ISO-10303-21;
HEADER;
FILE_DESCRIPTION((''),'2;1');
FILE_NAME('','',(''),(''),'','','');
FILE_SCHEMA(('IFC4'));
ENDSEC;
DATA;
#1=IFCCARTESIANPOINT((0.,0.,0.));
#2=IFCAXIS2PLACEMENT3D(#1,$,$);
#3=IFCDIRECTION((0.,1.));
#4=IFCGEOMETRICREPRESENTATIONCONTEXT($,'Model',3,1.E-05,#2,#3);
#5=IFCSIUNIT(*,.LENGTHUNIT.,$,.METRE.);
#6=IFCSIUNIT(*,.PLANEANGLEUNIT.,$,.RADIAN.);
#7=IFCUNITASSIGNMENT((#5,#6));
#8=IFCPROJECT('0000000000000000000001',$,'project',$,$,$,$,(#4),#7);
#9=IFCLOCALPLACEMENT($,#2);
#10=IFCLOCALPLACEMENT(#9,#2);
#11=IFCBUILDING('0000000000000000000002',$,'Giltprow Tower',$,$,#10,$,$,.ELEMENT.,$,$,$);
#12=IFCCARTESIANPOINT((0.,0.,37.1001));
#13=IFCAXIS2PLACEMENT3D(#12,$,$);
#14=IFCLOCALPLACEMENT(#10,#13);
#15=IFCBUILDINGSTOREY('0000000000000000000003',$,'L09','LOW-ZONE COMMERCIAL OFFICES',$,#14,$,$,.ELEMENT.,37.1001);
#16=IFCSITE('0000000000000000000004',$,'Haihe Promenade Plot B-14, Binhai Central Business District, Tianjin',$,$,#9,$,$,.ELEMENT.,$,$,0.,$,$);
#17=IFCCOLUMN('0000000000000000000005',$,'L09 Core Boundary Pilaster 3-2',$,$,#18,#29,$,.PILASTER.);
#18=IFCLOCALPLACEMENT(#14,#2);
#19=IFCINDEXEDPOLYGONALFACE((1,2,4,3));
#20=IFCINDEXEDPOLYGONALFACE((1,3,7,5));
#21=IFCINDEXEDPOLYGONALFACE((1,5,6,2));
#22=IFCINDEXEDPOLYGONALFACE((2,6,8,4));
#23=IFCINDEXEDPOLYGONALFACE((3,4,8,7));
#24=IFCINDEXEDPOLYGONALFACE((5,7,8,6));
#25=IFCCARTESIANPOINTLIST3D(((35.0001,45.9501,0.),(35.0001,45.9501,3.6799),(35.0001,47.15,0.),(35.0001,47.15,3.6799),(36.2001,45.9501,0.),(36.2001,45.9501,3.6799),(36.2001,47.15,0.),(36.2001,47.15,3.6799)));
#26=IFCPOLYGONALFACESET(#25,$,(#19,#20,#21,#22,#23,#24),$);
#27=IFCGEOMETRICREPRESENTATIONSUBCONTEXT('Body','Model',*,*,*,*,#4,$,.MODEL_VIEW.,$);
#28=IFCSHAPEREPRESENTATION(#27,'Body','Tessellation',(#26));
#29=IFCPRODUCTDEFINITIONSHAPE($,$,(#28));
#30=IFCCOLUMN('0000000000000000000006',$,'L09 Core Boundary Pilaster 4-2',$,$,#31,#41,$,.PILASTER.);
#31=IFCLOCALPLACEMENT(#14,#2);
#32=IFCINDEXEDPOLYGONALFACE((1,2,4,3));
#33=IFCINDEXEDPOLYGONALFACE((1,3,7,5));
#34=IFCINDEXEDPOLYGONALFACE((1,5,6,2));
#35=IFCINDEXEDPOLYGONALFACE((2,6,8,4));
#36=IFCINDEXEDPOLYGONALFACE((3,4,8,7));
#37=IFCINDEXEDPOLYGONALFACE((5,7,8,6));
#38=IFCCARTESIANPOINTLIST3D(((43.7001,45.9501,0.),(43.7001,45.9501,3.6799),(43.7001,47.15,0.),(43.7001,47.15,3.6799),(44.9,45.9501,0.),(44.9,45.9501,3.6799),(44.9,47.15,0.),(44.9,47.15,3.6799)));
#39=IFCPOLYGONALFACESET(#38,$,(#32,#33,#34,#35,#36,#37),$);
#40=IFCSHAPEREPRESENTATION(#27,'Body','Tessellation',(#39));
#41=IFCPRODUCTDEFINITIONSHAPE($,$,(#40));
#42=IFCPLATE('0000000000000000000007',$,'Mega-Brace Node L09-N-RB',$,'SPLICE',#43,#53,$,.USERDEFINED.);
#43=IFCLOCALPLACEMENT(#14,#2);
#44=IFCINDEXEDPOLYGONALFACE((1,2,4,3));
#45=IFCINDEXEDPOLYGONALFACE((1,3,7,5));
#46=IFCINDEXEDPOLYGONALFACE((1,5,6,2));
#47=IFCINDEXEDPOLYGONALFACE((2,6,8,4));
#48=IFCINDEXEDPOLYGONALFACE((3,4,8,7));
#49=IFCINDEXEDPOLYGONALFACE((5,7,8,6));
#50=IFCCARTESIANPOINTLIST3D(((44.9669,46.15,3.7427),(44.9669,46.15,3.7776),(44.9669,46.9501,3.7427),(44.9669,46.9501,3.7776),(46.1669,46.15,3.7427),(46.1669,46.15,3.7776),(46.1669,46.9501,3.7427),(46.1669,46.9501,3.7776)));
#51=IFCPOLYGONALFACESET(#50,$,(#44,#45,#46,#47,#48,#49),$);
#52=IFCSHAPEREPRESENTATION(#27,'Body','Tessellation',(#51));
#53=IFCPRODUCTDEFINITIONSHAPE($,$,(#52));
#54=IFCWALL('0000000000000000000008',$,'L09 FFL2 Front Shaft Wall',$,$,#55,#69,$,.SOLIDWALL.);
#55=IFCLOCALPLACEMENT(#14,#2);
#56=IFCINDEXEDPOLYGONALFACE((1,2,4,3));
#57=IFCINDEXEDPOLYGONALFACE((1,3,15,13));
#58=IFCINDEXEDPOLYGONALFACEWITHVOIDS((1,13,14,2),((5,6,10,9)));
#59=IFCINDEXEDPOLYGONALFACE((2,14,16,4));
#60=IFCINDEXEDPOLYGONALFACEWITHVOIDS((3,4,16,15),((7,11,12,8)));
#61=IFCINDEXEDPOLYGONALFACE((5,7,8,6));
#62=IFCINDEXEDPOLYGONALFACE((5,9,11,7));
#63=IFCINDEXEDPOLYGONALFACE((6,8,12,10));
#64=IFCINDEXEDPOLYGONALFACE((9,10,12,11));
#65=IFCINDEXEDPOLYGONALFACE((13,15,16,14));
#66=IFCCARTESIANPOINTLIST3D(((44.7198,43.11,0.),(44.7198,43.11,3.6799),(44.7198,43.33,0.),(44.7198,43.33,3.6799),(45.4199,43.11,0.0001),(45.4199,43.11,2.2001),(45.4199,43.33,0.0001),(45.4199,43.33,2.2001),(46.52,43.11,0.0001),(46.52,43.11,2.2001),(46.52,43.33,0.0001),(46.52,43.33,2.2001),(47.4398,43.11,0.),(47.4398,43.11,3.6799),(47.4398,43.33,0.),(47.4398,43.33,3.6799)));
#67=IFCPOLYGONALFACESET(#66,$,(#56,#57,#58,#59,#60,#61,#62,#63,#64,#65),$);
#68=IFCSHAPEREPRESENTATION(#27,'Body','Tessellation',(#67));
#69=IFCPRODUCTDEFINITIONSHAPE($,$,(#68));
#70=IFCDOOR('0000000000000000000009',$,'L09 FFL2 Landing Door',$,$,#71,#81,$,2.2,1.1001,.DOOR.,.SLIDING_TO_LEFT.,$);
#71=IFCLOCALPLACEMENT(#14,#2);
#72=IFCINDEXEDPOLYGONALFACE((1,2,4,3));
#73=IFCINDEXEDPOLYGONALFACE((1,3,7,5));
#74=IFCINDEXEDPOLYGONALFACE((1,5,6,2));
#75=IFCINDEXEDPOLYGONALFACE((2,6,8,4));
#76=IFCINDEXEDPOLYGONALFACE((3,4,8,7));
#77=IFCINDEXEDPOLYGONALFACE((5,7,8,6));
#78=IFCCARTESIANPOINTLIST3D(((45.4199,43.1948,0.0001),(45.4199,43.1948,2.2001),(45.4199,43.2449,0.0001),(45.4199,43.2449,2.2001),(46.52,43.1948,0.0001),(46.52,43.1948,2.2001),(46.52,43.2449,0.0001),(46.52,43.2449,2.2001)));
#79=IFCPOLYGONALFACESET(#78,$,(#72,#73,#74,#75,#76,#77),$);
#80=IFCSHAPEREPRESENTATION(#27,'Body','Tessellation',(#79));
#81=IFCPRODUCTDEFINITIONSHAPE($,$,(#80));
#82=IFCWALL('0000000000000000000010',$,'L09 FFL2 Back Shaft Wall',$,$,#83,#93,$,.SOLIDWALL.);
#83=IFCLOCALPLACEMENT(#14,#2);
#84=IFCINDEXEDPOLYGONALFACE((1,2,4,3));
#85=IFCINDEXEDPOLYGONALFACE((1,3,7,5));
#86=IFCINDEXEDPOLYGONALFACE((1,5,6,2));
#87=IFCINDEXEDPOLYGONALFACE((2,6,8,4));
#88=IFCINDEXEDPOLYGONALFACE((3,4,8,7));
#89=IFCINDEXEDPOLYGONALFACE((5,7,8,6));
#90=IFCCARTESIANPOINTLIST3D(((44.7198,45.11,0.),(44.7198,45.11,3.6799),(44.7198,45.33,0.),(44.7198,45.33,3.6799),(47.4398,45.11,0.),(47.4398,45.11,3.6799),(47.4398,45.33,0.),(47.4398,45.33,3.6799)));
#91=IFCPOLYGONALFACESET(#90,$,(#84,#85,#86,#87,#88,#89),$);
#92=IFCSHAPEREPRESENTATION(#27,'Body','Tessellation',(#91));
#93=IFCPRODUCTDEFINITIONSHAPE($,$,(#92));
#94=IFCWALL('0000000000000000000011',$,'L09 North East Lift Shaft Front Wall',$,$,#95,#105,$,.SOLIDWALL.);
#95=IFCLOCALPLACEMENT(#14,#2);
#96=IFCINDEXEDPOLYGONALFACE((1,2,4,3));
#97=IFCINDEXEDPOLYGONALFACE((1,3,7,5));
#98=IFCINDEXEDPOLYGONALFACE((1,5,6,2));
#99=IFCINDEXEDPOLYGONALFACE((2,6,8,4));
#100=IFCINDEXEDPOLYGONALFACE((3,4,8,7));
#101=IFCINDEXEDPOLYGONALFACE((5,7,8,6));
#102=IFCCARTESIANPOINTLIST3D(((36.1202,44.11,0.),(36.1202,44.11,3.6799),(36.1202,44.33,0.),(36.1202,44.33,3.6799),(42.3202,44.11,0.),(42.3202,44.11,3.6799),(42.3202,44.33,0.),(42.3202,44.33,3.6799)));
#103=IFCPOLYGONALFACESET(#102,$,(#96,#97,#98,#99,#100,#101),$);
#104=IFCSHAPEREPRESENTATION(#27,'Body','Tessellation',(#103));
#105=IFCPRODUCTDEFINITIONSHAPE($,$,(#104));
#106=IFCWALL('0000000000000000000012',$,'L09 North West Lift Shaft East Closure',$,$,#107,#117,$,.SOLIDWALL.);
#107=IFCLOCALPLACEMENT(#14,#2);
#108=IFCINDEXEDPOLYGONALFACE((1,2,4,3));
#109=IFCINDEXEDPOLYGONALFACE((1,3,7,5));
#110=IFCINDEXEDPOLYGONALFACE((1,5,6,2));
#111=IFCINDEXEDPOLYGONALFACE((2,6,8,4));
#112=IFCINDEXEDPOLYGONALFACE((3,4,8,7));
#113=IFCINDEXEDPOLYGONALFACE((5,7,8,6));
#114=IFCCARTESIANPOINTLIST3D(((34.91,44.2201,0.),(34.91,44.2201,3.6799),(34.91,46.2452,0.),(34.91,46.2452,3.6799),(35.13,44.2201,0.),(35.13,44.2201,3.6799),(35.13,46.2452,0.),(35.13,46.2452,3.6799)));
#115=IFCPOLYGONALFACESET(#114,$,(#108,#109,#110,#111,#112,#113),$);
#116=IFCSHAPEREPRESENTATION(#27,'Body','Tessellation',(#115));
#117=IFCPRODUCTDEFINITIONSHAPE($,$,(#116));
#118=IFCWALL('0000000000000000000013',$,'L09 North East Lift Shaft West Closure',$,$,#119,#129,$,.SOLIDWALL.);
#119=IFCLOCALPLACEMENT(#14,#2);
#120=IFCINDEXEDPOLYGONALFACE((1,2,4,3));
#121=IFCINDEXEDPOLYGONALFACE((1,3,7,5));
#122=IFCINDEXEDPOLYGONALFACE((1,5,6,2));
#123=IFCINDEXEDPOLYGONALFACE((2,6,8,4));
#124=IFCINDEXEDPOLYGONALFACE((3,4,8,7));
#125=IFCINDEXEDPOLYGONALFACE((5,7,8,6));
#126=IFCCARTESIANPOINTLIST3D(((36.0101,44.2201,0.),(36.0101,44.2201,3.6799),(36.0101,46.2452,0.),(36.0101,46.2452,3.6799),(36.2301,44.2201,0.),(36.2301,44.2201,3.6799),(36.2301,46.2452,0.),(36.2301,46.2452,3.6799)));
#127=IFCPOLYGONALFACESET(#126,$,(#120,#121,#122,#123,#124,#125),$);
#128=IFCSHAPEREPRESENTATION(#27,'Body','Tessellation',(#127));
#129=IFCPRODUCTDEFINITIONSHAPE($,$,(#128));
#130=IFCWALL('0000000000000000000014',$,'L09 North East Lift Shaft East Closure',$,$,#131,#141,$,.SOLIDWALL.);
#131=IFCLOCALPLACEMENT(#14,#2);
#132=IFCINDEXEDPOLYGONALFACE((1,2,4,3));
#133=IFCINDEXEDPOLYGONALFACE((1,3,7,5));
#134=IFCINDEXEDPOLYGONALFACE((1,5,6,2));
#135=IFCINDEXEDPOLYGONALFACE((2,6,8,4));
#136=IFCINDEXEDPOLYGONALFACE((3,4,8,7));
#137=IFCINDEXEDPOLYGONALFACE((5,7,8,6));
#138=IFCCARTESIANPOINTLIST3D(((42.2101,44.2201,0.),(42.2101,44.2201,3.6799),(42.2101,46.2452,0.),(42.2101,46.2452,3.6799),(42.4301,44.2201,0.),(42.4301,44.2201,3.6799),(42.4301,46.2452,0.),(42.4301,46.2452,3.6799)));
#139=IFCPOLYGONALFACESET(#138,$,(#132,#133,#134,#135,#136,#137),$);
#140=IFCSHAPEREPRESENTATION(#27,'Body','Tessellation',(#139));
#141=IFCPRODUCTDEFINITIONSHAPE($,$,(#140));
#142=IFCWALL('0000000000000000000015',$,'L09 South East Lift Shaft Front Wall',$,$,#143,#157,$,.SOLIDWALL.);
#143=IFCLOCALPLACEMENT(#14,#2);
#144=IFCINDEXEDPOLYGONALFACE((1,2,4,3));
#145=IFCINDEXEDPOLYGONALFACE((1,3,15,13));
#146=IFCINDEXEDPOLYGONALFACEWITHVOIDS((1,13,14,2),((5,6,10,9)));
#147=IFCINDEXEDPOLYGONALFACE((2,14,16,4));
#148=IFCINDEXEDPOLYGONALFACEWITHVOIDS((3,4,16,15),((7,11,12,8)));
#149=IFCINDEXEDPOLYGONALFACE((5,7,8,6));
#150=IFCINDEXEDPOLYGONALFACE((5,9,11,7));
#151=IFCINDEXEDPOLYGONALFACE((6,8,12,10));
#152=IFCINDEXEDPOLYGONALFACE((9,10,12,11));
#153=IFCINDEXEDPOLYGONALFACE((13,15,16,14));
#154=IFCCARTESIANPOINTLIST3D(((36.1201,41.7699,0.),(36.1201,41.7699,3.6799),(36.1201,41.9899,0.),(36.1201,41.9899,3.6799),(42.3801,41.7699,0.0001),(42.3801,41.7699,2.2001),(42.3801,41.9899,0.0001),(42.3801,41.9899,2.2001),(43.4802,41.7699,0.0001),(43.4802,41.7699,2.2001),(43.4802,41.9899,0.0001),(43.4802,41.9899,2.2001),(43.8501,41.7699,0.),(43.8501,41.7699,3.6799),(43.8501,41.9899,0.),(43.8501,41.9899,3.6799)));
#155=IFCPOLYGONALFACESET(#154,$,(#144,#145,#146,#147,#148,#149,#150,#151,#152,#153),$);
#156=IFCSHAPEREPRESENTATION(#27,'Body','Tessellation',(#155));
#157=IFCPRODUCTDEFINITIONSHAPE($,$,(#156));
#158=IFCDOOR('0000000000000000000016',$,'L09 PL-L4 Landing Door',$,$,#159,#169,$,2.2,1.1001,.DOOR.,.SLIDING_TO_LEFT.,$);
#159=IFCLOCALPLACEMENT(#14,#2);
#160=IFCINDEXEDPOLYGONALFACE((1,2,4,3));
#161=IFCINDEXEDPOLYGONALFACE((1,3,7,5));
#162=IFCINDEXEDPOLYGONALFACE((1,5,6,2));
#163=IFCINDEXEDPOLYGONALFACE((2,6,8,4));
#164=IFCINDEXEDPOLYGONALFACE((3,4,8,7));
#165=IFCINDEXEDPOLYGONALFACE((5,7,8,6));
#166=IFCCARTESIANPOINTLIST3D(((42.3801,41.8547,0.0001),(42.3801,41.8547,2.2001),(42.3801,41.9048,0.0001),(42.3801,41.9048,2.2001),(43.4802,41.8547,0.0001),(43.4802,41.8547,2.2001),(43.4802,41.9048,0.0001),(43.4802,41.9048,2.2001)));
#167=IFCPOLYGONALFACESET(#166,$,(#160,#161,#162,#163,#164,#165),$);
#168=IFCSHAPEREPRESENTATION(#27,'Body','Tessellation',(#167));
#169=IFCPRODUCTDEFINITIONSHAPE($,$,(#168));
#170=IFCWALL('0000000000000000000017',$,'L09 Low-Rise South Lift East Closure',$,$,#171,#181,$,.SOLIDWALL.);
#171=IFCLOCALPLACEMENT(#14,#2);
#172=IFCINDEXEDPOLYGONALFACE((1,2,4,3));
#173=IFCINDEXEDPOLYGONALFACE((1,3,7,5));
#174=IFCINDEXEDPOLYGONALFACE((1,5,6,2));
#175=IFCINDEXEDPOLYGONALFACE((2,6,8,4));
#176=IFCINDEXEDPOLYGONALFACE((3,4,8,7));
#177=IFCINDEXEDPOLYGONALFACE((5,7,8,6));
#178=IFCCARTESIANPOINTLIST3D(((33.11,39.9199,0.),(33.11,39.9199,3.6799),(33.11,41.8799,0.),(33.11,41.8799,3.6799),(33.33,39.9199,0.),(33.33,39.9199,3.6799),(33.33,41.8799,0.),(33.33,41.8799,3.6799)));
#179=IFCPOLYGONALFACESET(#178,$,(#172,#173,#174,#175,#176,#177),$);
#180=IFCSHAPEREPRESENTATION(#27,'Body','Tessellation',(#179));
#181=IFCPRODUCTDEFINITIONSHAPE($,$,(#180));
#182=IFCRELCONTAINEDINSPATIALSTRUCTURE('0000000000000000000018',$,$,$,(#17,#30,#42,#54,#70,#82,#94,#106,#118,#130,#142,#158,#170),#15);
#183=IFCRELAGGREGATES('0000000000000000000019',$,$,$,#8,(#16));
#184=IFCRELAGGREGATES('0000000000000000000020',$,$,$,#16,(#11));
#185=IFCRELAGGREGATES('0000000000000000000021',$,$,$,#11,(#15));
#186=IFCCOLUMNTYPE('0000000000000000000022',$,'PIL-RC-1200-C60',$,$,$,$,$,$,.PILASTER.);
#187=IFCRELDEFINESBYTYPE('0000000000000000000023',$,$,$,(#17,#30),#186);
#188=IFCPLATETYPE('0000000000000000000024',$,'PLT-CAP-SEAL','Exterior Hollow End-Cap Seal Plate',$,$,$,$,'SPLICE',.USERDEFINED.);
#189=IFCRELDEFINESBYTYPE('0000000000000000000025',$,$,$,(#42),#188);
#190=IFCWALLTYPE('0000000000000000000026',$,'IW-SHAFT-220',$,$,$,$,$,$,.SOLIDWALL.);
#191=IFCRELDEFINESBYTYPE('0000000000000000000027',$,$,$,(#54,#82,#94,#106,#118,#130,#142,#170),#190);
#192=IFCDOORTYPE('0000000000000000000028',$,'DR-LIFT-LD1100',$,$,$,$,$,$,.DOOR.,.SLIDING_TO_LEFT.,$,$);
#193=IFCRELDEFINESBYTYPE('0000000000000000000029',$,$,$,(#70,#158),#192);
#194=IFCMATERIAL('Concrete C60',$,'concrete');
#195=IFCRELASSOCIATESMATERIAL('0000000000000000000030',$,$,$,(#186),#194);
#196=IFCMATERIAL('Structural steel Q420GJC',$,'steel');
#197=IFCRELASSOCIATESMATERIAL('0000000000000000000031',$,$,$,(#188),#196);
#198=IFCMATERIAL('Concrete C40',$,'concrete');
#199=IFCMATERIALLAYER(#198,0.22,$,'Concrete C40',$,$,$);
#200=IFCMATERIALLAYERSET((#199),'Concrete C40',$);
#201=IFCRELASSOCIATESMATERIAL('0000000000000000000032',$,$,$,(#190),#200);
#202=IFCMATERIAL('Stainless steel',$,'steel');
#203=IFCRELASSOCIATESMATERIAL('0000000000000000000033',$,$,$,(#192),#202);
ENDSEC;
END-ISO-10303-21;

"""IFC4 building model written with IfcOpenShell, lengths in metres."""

from ifc_helpers import new_model, si_unit, direction, frame, frame_2d, origin, origin_2d, place, context, subcontext, project, spatial, rectangle, extrude, source, transform, mapped, material, layer, layer_set, material_profile, profile_set, type_object, element, fill, save


model = new_model("IFC4")

# Units and contexts
model_context = context("Model", 3, precision=1e-05, world=origin(), true_north=direction((0.0, 1.0)))
body_context = subcontext(model_context, "Body", "Model", "MODEL_VIEW")
ifc_project = project(units=[si_unit("LENGTHUNIT", "METRE"), si_unit("PLANEANGLEUNIT", "RADIAN")], contexts=[model_context])

# Site, building, storey
site_placement = place(None, origin())
site = spatial("IfcSite", under=ifc_project, at=site_placement, Name="Haihe Promenade Plot B-14, Binhai Central Business District, Tianjin", CompositionType="ELEMENT", RefElevation=0.0)
building_placement = place(site_placement, origin())
building = spatial("IfcBuilding", under=site, at=building_placement, Name="Giltprow Tower", CompositionType="ELEMENT")
storey_placement = place(building_placement, frame((0.0, 0.0, 37.1001)))
storey = spatial("IfcBuildingStorey", under=building, at=storey_placement, Name="L09", Description="LOW-ZONE COMMERCIAL OFFICES", CompositionType="ELEMENT", Elevation=37.1001)

# Columns
ifc_material_1 = material(Name="Concrete C60", Category="concrete")
ifc_material_profile = material_profile(ifc_material_1, rectangle(XDim=1.2, YDim=1.2, at=origin_2d()), Name="RC 1200x1200")
ifc_profile_set = profile_set([ifc_material_profile], Name="Concrete C60")
column_type = type_object("IfcColumnType", Name="PIL-RC-1200-C60", PredefinedType="PILASTER", material=ifc_profile_set)
shared_shape_1 = source(origin(), body_context, "Body", "SweptSolid", [
    extrude(rectangle(XDim=1.2, YDim=1.2, at=origin_2d()), origin(), (0.0, 0.0, 1.0), 3.6799),
])
for number, where, z_axis, x_axis, name in (
    (1, (35.6001, 46.55, 0.0), (0.0, 0.0, 1.0), (1.0, 0.0, 0.0), "L09 Core Boundary Pilaster 3-2"),
    (2, (44.3, 46.55, 0.0), (0.0, 0.0, 1.0), (1.0, 0.0, 0.0), "L09 Core Boundary Pilaster 4-2"),
):
    element("IfcColumn", number, at=place(storey_placement, frame(where, z_axis=z_axis, x_axis=x_axis)), inside=storey, type_object=column_type, Name=name, PredefinedType="PILASTER", context=body_context, shape_type="MappedRepresentation", body=[
        mapped(shared_shape_1, transform((0.0, 0.0, 0.0), x_axis=(1.0, 0.0, 0.0), y_axis=(0.0, 1.0, 0.0), z_axis=(0.0, 0.0, 1.0), scale=1.0)),
    ])

# Plate
ifc_material_2 = material(Name="Structural steel Q420GJC", Category="steel")
plate_type = type_object("IfcPlateType", Name="PLT-CAP-SEAL", Description="Exterior Hollow End-Cap Seal Plate", ElementType="SPLICE", PredefinedType="USERDEFINED", material=ifc_material_2)
shared_shape_2 = source(origin(), body_context, "Body", "SweptSolid", [
    extrude(rectangle(XDim=1.2, YDim=0.8, at=origin_2d()), origin(), (0.0, 0.0, 1.0), 0.0349),
])
plate_placement = place(storey_placement, frame((45.5669, 46.55, 3.7427), z_axis=(0.0, 0.0, 1.0), x_axis=(1.0, 0.0, 0.0)))
element("IfcPlate", 3, at=plate_placement, inside=storey, type_object=plate_type, Name="Mega-Brace Node L09-N-RB", ObjectType="SPLICE", PredefinedType="USERDEFINED", context=body_context, shape_type="MappedRepresentation", body=[
    mapped(shared_shape_2, transform((0.0, 0.0, 0.0), x_axis=(1.0, 0.0, 0.0), y_axis=(0.0, 1.0, 0.0), z_axis=(0.0, 0.0, 1.0), scale=1.0)),
])

# Wall, opening, door
ifc_material_3 = material(Name="Concrete C40", Category="concrete")
ifc_layer_1 = layer(ifc_material_3, 0.22, Name="Concrete C40")
ifc_layer_set_1 = layer_set([ifc_layer_1], Name="Concrete C40")
wall_type_1 = type_object("IfcWallType", Name="IW-SHAFT-220", PredefinedType="SOLIDWALL", material=ifc_layer_set_1)
wall_1_placement = place(storey_placement, frame((44.72, 43.22, 0.0), z_axis=(0.0, 0.0, 1.0), x_axis=(1.0, 0.0, 0.0)))
wall_1 = element("IfcWall", 4, at=wall_1_placement, inside=storey, type_object=wall_type_1, Name="L09 FFL2 Front Shaft Wall", PredefinedType="SOLIDWALL", context=body_context, shape_type="SweptSolid", body=[
    extrude(rectangle(XDim=2.72, YDim=0.22, at=frame_2d((1.3599, 0.0))), origin(), (0.0, 0.0, 1.0), 3.6799),
])
opening_1_placement = place(wall_1_placement, frame((0.7, 0.0, 0.0)))
opening_1 = element("IfcOpeningElement", 5, at=opening_1_placement, cuts=wall_1, PredefinedType="OPENING", context=body_context, shape_type="SweptSolid", body=[
    extrude(rectangle(XDim=1.1001, YDim=2.2, at=frame_2d((0.55, 1.1001))), frame((0.0, 0.1199, 0.0), z_axis=(0.0, -1.0, 0.0), x_axis=(1.0, 0.0, 0.0)), (0.0, 0.0, 1.0), 0.24),
])
ifc_material_4 = material(Name="Stainless steel", Category="steel")
door_type = type_object("IfcDoorType", Name="DR-LIFT-LD1100", OperationType="SLIDING_TO_LEFT", PredefinedType="DOOR", material=ifc_material_4)
shared_shape_3 = source(origin(), body_context, "Body", "SweptSolid", [
    extrude(rectangle(XDim=1.1001, YDim=2.2, at=frame_2d((0.55, 1.1001))), frame((0.0, 0.0249, 0.0), z_axis=(0.0, -1.0, 0.0), x_axis=(1.0, 0.0, 0.0)), (0.0, 0.0, 1.0), 0.05),
])
door_1_placement = place(opening_1_placement, origin())
door_1 = element("IfcDoor", 6, at=door_1_placement, inside=storey, type_object=door_type, Name="L09 FFL2 Landing Door", OperationType="SLIDING_TO_LEFT", OverallHeight=2.2, OverallWidth=1.1001, PredefinedType="DOOR", context=body_context, shape_type="MappedRepresentation", body=[
    mapped(shared_shape_3, transform((0.0, 0.0, 0.0), x_axis=(1.0, 0.0, 0.0), y_axis=(0.0, 1.0, 0.0), z_axis=(0.0, 0.0, 1.0), scale=1.0)),
])
fill(opening_1, door_1)

# Walls
wall_2_placement = place(storey_placement, frame((44.72, 45.22, 0.0), z_axis=(0.0, 0.0, 1.0), x_axis=(1.0, 0.0, 0.0)))
element("IfcWall", 7, at=wall_2_placement, inside=storey, type_object=wall_type_1, Name="L09 FFL2 Back Shaft Wall", PredefinedType="SOLIDWALL", context=body_context, shape_type="SweptSolid", body=[
    extrude(rectangle(XDim=2.72, YDim=0.22, at=frame_2d((1.3599, 0.0))), origin(), (0.0, 0.0, 1.0), 3.6799),
])
wall_3_placement = place(storey_placement, frame((36.1201, 44.22, 0.0), z_axis=(0.0, 0.0, 1.0), x_axis=(1.0, 0.0, 0.0)))
element("IfcWall", 8, at=wall_3_placement, inside=storey, type_object=wall_type_1, Name="L09 North East Lift Shaft Front Wall", PredefinedType="SOLIDWALL", context=body_context, shape_type="SweptSolid", body=[
    extrude(rectangle(XDim=6.2, YDim=0.22, at=frame_2d((3.1001, 0.0))), origin(), (0.0, 0.0, 1.0), 3.6799),
])
for number, where, z_axis, x_axis, name in (
    (9, (35.02, 44.22, 0.0), (0.0, 0.0, 1.0), (0.0, 1.0, 0.0), "L09 North West Lift Shaft East Closure"),
    (10, (36.1201, 44.22, 0.0), (0.0, 0.0, 1.0), (0.0, 1.0, 0.0), "L09 North East Lift Shaft West Closure"),
    (11, (42.3201, 44.22, 0.0), (0.0, 0.0, 1.0), (0.0, 1.0, 0.0), "L09 North East Lift Shaft East Closure"),
):
    element("IfcWall", number, at=place(storey_placement, frame(where, z_axis=z_axis, x_axis=x_axis)), inside=storey, type_object=wall_type_1, Name=name, PredefinedType="SOLIDWALL", context=body_context, shape_type="SweptSolid", body=[
        extrude(rectangle(XDim=2.0251, YDim=0.22, at=frame_2d((1.0127, 0.0))), origin(), (0.0, 0.0, 1.0), 3.6799),
    ])

# Wall, opening, door
wall_4_placement = place(storey_placement, frame((36.1201, 41.8799, 0.0), z_axis=(0.0, 0.0, 1.0), x_axis=(1.0, 0.0, 0.0)))
wall_4 = element("IfcWall", 12, at=wall_4_placement, inside=storey, type_object=wall_type_1, Name="L09 South East Lift Shaft Front Wall", PredefinedType="SOLIDWALL", context=body_context, shape_type="SweptSolid", body=[
    extrude(rectangle(XDim=7.73, YDim=0.22, at=frame_2d((3.865, 0.0))), origin(), (0.0, 0.0, 1.0), 3.6799),
])
opening_2_placement = place(wall_4_placement, frame((6.26, 0.0, 0.0)))
opening_2 = element("IfcOpeningElement", 13, at=opening_2_placement, cuts=wall_4, PredefinedType="OPENING", context=body_context, shape_type="SweptSolid", body=[
    extrude(rectangle(XDim=1.1001, YDim=2.2, at=frame_2d((0.55, 1.1001))), frame((0.0, 0.1199, 0.0), z_axis=(0.0, -1.0, 0.0), x_axis=(1.0, 0.0, 0.0)), (0.0, 0.0, 1.0), 0.24),
])
door_2_placement = place(opening_2_placement, origin())
door_2 = element("IfcDoor", 14, at=door_2_placement, inside=storey, type_object=door_type, Name="L09 PL-L4 Landing Door", OperationType="SLIDING_TO_LEFT", OverallHeight=2.2, OverallWidth=1.1001, PredefinedType="DOOR", context=body_context, shape_type="MappedRepresentation", body=[
    mapped(shared_shape_3, transform((0.0, 0.0, 0.0), x_axis=(1.0, 0.0, 0.0), y_axis=(0.0, 1.0, 0.0), z_axis=(0.0, 0.0, 1.0), scale=1.0)),
])
fill(opening_2, door_2)

# Wall
wall_5_placement = place(storey_placement, frame((33.22, 39.9199, 0.0), z_axis=(0.0, 0.0, 1.0), x_axis=(0.0, 1.0, 0.0)))
element("IfcWall", 15, at=wall_5_placement, inside=storey, type_object=wall_type_1, Name="L09 Low-Rise South Lift East Closure", PredefinedType="SOLIDWALL", context=body_context, shape_type="SweptSolid", body=[
    extrude(rectangle(XDim=1.96, YDim=0.22, at=frame_2d((0.98, 0.0))), origin(), (0.0, 0.0, 1.0), 3.6799),
])

save(model, "model.ifc")
